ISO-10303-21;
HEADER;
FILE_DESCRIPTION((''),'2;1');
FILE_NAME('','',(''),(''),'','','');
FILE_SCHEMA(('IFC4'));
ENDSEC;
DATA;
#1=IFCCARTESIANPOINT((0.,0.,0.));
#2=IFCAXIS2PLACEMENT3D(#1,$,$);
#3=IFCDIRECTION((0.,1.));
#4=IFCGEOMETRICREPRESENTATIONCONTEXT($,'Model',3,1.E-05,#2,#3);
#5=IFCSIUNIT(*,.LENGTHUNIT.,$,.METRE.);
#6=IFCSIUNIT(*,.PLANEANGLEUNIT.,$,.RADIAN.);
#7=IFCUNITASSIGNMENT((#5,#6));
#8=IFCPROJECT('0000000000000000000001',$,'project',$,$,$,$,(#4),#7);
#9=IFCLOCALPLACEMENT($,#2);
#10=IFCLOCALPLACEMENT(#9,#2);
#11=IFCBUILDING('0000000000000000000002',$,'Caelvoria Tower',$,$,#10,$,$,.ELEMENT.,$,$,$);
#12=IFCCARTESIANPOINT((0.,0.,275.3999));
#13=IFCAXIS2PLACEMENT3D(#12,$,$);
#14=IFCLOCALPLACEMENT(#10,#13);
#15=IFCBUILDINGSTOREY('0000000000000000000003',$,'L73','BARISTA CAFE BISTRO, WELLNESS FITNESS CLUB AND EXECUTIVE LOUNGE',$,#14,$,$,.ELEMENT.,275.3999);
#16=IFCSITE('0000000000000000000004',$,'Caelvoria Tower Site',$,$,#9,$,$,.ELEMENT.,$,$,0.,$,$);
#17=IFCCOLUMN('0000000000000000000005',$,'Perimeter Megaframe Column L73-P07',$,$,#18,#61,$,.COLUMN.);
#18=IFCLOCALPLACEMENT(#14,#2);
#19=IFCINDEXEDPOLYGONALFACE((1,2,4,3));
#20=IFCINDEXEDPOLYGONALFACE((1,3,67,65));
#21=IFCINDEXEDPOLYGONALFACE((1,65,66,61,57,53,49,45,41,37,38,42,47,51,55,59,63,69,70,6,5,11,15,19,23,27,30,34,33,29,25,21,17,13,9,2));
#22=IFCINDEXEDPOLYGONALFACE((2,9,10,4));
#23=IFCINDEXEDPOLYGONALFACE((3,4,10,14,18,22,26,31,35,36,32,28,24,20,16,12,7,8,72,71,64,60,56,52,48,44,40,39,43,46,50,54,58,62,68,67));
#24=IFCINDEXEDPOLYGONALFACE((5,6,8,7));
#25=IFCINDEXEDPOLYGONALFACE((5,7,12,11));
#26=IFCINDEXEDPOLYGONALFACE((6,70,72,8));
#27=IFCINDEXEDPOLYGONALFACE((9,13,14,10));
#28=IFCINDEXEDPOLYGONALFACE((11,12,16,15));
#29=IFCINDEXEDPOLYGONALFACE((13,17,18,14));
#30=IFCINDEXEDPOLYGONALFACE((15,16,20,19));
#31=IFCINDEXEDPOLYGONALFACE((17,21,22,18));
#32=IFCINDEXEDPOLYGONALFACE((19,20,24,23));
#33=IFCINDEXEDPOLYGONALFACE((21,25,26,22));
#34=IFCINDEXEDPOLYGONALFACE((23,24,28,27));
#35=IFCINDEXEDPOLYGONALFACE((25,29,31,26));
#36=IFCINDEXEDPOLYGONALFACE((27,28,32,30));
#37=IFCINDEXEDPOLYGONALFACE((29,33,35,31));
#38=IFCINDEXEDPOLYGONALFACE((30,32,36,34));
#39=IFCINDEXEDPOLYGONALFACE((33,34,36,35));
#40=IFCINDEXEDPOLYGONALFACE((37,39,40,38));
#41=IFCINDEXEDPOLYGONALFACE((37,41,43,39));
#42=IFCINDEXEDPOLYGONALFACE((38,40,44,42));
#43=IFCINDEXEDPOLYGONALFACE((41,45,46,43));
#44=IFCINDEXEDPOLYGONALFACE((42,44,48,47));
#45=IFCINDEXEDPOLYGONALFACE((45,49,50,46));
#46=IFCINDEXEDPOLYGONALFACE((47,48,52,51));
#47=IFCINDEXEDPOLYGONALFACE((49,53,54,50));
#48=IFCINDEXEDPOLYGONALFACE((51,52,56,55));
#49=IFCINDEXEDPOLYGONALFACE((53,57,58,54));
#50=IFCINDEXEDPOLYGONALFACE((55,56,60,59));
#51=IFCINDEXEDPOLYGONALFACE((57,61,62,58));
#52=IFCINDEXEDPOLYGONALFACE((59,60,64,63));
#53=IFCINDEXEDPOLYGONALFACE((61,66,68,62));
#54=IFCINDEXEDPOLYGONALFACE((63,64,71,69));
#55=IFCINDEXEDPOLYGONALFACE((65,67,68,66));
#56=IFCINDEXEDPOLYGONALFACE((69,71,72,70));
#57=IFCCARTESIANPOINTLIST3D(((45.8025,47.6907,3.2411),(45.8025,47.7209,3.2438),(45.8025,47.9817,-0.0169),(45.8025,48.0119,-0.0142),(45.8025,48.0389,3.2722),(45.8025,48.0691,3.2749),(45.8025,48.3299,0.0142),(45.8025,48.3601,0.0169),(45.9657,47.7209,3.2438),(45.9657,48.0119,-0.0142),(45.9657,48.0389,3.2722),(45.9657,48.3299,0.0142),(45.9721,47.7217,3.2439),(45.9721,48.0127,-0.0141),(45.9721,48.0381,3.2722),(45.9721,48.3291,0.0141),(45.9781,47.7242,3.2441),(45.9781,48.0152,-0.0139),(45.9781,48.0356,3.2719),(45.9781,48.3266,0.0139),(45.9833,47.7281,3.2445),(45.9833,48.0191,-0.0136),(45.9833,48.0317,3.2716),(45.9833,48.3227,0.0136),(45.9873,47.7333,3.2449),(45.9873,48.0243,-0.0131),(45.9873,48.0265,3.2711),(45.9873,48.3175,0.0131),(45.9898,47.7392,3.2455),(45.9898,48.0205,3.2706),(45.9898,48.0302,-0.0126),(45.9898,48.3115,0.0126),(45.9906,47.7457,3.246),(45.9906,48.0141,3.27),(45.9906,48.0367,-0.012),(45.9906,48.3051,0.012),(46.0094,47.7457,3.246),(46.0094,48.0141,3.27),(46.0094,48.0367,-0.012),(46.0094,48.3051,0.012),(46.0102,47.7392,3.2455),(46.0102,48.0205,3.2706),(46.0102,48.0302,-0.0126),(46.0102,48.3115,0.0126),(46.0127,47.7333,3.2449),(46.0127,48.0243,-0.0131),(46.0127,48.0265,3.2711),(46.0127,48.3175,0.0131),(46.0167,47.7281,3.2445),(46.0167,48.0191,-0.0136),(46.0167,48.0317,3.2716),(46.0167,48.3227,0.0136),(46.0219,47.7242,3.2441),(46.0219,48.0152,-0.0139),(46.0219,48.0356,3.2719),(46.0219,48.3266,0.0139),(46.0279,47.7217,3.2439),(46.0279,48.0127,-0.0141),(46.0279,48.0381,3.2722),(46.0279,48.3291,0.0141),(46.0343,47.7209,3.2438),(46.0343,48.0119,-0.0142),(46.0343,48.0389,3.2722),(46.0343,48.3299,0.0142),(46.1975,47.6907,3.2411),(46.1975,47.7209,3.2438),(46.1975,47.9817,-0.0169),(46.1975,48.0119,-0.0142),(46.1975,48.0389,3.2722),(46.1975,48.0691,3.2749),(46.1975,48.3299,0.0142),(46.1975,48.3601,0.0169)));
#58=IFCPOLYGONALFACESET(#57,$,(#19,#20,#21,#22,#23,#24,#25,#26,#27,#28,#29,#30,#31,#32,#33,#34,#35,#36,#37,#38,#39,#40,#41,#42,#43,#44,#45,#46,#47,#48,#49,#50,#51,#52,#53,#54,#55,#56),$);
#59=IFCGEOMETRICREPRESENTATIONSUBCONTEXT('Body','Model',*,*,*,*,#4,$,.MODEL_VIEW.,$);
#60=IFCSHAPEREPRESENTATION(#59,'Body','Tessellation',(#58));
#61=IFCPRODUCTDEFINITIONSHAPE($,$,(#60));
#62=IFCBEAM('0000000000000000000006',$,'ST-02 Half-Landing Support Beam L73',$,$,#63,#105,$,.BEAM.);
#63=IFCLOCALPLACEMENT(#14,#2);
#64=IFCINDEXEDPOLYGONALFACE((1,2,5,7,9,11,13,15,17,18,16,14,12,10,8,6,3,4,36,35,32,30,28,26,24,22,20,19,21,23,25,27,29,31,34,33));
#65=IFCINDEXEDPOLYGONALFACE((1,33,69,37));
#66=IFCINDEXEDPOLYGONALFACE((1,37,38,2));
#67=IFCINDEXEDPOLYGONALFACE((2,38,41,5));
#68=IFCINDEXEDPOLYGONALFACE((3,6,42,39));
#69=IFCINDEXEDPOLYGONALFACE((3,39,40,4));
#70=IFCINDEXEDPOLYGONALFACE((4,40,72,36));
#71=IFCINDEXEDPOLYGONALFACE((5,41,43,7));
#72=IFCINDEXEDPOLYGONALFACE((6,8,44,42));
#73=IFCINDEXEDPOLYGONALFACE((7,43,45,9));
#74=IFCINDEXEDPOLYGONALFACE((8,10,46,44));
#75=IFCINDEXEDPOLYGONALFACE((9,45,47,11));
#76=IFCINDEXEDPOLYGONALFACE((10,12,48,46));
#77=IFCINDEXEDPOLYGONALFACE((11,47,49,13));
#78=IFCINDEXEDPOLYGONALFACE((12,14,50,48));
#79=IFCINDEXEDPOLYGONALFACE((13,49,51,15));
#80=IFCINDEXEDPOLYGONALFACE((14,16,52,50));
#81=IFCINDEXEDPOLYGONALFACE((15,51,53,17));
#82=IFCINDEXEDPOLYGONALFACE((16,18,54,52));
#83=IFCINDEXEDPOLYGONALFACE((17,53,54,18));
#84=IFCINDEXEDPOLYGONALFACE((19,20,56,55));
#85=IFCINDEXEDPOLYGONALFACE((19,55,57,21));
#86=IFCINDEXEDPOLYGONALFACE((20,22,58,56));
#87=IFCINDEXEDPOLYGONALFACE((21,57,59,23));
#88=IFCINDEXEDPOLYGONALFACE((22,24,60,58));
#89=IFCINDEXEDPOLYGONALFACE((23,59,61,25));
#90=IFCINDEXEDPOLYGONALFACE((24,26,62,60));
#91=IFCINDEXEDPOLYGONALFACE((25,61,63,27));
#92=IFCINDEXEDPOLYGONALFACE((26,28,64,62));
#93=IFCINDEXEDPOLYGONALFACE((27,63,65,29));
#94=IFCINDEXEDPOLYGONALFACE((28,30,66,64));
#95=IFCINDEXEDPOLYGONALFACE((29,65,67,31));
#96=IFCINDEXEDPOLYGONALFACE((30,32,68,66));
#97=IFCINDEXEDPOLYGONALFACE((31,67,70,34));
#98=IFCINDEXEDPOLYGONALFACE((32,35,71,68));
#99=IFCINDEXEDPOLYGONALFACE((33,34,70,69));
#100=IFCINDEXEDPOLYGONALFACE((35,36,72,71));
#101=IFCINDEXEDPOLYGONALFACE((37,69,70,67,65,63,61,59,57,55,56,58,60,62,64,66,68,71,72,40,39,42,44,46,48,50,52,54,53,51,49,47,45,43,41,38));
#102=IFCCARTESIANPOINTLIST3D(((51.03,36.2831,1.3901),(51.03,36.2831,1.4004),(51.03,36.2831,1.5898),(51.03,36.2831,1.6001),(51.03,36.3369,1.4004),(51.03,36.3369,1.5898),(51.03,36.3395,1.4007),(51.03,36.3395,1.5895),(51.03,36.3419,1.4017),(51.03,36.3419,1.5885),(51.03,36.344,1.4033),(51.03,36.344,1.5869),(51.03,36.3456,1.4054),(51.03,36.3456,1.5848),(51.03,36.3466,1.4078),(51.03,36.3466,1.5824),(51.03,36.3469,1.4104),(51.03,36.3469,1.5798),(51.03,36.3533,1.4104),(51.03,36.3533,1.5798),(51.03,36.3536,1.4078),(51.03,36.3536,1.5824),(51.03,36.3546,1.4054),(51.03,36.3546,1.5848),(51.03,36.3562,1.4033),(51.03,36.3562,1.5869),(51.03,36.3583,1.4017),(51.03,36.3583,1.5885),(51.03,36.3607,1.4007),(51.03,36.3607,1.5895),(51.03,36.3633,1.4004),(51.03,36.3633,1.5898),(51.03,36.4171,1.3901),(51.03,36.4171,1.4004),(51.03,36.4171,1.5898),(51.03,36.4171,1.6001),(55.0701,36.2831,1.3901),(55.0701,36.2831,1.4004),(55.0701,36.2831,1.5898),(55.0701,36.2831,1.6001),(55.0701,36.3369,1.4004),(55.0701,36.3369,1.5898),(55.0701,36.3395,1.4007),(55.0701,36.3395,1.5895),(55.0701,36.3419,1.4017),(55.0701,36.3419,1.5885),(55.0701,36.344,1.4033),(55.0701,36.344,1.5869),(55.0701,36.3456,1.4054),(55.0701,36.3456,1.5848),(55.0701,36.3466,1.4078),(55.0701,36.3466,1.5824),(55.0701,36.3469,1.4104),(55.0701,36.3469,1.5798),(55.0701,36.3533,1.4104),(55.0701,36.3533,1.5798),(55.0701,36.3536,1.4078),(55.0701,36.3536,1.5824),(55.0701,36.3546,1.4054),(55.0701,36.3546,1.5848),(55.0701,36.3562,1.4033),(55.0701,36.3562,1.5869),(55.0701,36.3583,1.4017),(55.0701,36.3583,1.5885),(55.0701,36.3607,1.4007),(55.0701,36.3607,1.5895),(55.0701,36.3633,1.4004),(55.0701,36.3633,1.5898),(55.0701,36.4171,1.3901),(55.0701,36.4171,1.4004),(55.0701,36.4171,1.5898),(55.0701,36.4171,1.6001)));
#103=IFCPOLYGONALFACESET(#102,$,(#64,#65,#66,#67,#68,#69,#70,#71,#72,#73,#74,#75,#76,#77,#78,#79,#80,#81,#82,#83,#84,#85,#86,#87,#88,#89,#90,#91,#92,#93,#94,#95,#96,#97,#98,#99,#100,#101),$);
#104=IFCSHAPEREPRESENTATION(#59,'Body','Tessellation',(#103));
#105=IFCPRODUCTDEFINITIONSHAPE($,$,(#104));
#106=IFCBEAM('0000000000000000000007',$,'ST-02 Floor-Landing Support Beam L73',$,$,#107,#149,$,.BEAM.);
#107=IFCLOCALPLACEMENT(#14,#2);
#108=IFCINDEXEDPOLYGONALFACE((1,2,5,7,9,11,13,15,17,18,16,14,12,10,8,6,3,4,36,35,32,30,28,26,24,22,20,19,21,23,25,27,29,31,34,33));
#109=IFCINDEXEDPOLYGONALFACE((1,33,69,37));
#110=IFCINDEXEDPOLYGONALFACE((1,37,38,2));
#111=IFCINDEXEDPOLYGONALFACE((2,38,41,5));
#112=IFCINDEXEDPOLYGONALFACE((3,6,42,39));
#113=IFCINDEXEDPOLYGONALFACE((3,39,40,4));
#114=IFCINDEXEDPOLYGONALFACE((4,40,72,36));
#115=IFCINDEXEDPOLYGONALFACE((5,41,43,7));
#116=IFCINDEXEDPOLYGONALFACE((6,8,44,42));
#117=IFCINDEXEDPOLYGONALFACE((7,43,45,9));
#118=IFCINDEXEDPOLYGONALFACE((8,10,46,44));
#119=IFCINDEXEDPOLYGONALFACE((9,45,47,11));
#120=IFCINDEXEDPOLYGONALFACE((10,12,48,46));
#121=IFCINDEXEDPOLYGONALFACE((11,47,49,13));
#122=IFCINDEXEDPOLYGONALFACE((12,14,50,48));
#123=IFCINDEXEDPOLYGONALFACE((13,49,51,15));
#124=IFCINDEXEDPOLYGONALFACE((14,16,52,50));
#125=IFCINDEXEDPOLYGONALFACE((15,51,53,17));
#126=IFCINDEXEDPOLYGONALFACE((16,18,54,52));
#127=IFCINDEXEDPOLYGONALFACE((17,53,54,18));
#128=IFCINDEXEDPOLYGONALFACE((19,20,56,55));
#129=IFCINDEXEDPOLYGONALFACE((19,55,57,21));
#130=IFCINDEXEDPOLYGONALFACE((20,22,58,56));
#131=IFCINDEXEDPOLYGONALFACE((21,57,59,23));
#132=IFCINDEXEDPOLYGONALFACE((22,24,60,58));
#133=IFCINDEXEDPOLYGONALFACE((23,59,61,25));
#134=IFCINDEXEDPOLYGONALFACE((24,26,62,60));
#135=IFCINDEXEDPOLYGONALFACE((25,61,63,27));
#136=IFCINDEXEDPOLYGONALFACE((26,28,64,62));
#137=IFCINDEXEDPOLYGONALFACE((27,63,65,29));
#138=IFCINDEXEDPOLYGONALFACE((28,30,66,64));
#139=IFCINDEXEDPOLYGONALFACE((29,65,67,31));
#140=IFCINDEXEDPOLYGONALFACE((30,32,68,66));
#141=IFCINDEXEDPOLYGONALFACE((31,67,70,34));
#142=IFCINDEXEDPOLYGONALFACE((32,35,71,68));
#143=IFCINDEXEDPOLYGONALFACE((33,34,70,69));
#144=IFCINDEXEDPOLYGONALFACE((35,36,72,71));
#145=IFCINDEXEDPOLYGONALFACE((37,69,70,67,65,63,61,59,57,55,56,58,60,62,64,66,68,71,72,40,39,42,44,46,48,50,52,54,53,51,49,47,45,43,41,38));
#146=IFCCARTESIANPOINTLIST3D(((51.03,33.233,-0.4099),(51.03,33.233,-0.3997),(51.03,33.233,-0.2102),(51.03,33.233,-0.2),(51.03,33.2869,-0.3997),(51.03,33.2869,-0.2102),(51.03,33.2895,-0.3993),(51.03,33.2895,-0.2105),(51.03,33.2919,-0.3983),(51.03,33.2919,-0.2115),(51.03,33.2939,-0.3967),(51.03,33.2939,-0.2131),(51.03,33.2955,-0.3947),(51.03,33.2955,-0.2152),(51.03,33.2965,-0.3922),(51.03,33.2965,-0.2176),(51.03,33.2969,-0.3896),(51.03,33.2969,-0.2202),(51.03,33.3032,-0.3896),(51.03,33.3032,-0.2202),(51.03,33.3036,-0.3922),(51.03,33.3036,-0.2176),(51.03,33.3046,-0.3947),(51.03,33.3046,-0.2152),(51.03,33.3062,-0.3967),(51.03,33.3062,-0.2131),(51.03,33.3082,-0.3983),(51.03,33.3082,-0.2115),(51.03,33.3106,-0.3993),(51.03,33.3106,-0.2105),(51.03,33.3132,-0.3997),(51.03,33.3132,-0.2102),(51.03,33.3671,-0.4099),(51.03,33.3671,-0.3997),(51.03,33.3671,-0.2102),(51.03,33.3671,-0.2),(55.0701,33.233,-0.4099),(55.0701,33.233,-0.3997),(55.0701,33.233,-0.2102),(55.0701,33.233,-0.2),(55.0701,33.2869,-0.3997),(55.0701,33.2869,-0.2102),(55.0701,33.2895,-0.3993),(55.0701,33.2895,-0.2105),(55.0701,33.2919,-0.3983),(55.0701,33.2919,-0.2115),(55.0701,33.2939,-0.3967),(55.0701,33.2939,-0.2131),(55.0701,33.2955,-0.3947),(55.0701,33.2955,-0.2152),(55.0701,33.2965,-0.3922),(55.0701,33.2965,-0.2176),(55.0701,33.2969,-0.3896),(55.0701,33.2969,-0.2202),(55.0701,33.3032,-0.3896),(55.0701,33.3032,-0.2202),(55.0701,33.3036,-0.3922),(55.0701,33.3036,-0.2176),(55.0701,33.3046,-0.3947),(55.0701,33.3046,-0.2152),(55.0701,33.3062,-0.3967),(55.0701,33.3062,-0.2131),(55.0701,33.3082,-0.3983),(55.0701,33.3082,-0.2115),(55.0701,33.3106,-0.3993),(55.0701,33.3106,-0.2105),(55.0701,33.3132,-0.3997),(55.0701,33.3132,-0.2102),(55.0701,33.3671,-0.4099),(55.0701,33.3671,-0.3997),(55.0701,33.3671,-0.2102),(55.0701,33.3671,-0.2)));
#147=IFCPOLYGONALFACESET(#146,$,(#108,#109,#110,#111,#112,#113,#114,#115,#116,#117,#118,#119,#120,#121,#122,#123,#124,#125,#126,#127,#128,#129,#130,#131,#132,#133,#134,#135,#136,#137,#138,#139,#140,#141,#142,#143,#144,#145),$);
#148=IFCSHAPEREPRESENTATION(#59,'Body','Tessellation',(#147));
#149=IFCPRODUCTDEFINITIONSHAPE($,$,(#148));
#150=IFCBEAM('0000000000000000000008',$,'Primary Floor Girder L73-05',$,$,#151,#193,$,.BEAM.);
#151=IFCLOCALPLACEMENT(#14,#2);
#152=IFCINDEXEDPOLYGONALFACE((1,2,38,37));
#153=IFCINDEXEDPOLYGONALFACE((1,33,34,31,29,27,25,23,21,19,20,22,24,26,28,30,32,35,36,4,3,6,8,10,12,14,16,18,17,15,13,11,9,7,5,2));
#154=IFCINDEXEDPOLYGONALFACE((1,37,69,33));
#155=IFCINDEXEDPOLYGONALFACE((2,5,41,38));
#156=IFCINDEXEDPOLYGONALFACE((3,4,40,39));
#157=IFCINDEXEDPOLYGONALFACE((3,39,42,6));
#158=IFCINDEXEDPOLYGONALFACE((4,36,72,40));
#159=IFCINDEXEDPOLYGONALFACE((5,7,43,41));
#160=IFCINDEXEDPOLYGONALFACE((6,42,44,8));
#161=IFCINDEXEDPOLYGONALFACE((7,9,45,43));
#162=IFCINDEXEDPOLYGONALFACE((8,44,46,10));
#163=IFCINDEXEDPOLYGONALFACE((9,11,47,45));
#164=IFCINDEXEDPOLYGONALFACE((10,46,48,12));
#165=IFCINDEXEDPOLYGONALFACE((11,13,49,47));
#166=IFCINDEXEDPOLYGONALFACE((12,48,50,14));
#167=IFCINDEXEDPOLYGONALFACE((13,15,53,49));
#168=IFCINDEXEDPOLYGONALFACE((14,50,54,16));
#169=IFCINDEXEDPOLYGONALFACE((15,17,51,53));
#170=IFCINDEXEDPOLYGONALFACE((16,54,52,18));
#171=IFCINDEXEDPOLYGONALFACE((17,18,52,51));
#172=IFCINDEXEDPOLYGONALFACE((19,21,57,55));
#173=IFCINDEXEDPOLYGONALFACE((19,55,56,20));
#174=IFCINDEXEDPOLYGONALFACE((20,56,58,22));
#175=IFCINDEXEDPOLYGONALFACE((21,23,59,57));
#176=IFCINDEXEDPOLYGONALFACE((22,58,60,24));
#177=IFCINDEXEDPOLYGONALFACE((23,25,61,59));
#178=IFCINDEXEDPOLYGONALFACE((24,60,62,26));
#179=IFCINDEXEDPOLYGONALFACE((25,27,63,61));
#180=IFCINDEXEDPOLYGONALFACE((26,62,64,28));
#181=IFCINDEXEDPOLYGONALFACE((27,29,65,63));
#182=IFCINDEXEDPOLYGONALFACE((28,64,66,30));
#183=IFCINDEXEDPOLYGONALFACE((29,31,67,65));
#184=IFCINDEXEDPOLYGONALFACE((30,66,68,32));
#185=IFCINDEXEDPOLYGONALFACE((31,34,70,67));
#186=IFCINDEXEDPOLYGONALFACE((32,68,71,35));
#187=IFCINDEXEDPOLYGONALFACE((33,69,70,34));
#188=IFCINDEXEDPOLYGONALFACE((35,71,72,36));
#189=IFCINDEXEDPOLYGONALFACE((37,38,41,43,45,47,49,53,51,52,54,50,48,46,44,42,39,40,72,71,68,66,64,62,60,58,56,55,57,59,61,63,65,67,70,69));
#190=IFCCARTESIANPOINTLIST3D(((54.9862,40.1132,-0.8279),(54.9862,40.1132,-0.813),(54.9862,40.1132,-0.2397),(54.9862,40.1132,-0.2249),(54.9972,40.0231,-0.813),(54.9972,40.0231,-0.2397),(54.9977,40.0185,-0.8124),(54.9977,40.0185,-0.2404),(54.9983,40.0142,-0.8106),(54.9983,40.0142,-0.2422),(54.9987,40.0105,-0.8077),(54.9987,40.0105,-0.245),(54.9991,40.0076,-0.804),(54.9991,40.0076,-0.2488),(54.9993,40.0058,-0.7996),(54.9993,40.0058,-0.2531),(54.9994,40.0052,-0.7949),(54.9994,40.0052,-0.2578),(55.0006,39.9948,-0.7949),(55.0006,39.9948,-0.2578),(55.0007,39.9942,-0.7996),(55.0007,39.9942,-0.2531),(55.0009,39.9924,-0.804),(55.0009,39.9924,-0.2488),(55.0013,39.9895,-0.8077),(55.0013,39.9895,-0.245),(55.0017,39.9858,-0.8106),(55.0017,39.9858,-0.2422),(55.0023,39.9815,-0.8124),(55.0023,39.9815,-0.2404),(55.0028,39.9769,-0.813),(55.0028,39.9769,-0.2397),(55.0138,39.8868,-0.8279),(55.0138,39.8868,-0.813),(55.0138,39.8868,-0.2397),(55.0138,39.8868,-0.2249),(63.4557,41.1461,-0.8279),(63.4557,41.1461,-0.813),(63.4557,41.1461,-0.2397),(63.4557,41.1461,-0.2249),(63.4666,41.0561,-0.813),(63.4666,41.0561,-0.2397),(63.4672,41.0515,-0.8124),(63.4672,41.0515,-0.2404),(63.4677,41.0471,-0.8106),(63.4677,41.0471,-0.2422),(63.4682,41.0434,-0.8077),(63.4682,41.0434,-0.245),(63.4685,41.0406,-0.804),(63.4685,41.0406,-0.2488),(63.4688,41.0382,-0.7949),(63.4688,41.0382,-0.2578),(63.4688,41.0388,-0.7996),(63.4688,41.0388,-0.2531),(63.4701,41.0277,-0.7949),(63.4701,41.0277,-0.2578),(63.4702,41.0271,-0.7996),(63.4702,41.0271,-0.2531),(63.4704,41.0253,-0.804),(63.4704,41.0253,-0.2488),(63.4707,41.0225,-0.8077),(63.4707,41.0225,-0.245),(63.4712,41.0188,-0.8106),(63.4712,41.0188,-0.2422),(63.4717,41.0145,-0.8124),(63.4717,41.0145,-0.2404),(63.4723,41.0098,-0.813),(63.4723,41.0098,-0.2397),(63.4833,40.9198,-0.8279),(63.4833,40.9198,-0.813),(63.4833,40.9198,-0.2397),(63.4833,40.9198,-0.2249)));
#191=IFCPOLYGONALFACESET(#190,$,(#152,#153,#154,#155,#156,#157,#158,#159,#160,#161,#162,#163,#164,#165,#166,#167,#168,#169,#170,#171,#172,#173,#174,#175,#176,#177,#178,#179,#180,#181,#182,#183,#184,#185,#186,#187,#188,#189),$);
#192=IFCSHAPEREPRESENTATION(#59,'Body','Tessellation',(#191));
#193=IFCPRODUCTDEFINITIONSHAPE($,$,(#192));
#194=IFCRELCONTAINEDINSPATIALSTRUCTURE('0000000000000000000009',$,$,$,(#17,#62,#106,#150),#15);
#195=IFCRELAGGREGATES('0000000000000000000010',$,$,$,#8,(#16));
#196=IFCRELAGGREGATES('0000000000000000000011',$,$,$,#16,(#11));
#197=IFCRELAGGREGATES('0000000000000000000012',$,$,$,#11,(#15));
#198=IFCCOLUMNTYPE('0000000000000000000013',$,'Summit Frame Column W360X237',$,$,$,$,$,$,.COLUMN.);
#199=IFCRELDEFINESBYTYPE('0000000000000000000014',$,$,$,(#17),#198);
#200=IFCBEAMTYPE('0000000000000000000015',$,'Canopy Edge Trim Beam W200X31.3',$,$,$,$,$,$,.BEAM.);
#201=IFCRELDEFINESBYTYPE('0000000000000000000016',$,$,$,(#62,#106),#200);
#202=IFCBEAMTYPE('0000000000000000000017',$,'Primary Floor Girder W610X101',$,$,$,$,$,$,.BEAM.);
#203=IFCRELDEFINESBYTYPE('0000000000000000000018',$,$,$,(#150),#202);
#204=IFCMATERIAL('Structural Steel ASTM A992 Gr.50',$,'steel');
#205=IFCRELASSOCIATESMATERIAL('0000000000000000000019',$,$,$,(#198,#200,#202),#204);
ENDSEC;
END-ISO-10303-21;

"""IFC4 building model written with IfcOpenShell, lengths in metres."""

from ifc_helpers import new_model, si_unit, direction, frame, origin, origin_2d, place, context, subcontext, project, spatial, i_section, extrude, material, material_profile, profile_set, type_object, element, save


model = new_model("IFC4")

# Units and contexts
model_context = context("Model", 3, precision=1e-05, world=origin(), true_north=direction((0.0, 1.0)))
body_context = subcontext(model_context, "Body", "Model", "MODEL_VIEW")
ifc_project = project(units=[si_unit("LENGTHUNIT", "METRE"), si_unit("PLANEANGLEUNIT", "RADIAN")], contexts=[model_context])

# Site, building, storey
site_placement = place(None, origin())
site = spatial("IfcSite", under=ifc_project, at=site_placement, Name="Caelvoria Tower Site", CompositionType="ELEMENT", RefElevation=0.0)
building_placement = place(site_placement, origin())
building = spatial("IfcBuilding", under=site, at=building_placement, Name="Caelvoria Tower", CompositionType="ELEMENT")
storey_placement = place(building_placement, frame((0.0, 0.0, 275.3999)))
storey = spatial("IfcBuildingStorey", under=building, at=storey_placement, Name="L73", Description="BARISTA CAFE BISTRO, WELLNESS FITNESS CLUB AND EXECUTIVE LOUNGE", CompositionType="ELEMENT", Elevation=275.3999)

# Column
ifc_material_1 = material(Name="Structural Steel ASTM A992 Gr.50", Category="steel")
ifc_material_profile_1 = material_profile(ifc_material_1, i_section(OverallWidth=0.395, OverallDepth=0.3799, WebThickness=0.0188, FlangeThickness=0.0303, FilletRadius=0.0249, at=origin_2d()), Name="Structural Steel ASTM A992 Gr.50")
ifc_profile_set_1 = profile_set([ifc_material_profile_1], Name="W360X237 - Structural Steel ASTM A992 Gr.50")
column_type = type_object("IfcColumnType", Name="Summit Frame Column W360X237", PredefinedType="COLUMN", material=ifc_profile_set_1)
column_placement = place(storey_placement, frame((46.0, 48.1709, 0.0), z_axis=(0.0, -0.088968, 0.996035), x_axis=(1.0, 0.0, 0.0)))
element("IfcColumn", 1, at=column_placement, inside=storey, type_object=column_type, Name="Perimeter Megaframe Column L73-P07", PredefinedType="COLUMN", context=body_context, shape_type="SweptSolid", body=[
    extrude(i_section(OverallWidth=0.395, OverallDepth=0.3799, WebThickness=0.0188, FlangeThickness=0.0303, FilletRadius=0.0249, at=origin_2d()), origin(), (0.0, 0.0, 1.0), 3.271),
])

# Beams
ifc_material_profile_2 = material_profile(ifc_material_1, i_section(OverallWidth=0.134, OverallDepth=0.21, WebThickness=0.0063, FlangeThickness=0.0103, FilletRadius=0.01, at=origin_2d()), Name="Structural Steel ASTM A992 Gr.50")
ifc_profile_set_2 = profile_set([ifc_material_profile_2], Name="W200X31.3 - Structural Steel ASTM A992 Gr.50")
beam_type_1 = type_object("IfcBeamType", Name="Canopy Edge Trim Beam W200X31.3", PredefinedType="BEAM", material=ifc_profile_set_2)
for number, where, z_axis, x_axis, name in (
    (2, (51.03, 36.3501, 1.4951), (1.0, 0.0, 0.0), (0.0, 1.0, 0.0), "ST-02 Half-Landing Support Beam L73"),
    (3, (51.03, 33.3, -0.3049), (1.0, 0.0, 0.0), (0.0, 1.0, 0.0), "ST-02 Floor-Landing Support Beam L73"),
):
    element("IfcBeam", number, at=place(storey_placement, frame(where, z_axis=z_axis, x_axis=x_axis)), inside=storey, type_object=beam_type_1, Name=name, PredefinedType="BEAM", context=body_context, shape_type="SweptSolid", body=[
        extrude(i_section(OverallWidth=0.134, OverallDepth=0.21, WebThickness=0.0063, FlangeThickness=0.0103, FilletRadius=0.01, at=origin_2d()), origin(), (0.0, 0.0, 1.0), 4.04),
    ])
ifc_material_profile_3 = material_profile(ifc_material_1, i_section(OverallWidth=0.228, OverallDepth=0.603, WebThickness=0.0105, FlangeThickness=0.0149, FilletRadius=0.0181, at=origin_2d()), Name="Structural Steel ASTM A992 Gr.50")
ifc_profile_set_3 = profile_set([ifc_material_profile_3], Name="W610X101 - Structural Steel ASTM A992 Gr.50")
beam_type_2 = type_object("IfcBeamType", Name="Primary Floor Girder W610X101", PredefinedType="BEAM", material=ifc_profile_set_3)
beam_1_placement = place(storey_placement, frame((55.0, 40.0, -0.5264), z_axis=(0.992645, 0.121065, 0.0), x_axis=(-0.121065, 0.992645, 0.0)))
element("IfcBeam", 4, at=beam_1_placement, inside=storey, type_object=beam_type_2, Name="Primary Floor Girder L73-05", PredefinedType="BEAM", context=body_context, shape_type="SweptSolid", body=[
    extrude(i_section(OverallWidth=0.228, OverallDepth=0.603, WebThickness=0.0105, FlangeThickness=0.0149, FilletRadius=0.0181, at=origin_2d()), origin(), (0.0, 0.0, 1.0), 8.5322),
])

save(model, "model.ifc")
